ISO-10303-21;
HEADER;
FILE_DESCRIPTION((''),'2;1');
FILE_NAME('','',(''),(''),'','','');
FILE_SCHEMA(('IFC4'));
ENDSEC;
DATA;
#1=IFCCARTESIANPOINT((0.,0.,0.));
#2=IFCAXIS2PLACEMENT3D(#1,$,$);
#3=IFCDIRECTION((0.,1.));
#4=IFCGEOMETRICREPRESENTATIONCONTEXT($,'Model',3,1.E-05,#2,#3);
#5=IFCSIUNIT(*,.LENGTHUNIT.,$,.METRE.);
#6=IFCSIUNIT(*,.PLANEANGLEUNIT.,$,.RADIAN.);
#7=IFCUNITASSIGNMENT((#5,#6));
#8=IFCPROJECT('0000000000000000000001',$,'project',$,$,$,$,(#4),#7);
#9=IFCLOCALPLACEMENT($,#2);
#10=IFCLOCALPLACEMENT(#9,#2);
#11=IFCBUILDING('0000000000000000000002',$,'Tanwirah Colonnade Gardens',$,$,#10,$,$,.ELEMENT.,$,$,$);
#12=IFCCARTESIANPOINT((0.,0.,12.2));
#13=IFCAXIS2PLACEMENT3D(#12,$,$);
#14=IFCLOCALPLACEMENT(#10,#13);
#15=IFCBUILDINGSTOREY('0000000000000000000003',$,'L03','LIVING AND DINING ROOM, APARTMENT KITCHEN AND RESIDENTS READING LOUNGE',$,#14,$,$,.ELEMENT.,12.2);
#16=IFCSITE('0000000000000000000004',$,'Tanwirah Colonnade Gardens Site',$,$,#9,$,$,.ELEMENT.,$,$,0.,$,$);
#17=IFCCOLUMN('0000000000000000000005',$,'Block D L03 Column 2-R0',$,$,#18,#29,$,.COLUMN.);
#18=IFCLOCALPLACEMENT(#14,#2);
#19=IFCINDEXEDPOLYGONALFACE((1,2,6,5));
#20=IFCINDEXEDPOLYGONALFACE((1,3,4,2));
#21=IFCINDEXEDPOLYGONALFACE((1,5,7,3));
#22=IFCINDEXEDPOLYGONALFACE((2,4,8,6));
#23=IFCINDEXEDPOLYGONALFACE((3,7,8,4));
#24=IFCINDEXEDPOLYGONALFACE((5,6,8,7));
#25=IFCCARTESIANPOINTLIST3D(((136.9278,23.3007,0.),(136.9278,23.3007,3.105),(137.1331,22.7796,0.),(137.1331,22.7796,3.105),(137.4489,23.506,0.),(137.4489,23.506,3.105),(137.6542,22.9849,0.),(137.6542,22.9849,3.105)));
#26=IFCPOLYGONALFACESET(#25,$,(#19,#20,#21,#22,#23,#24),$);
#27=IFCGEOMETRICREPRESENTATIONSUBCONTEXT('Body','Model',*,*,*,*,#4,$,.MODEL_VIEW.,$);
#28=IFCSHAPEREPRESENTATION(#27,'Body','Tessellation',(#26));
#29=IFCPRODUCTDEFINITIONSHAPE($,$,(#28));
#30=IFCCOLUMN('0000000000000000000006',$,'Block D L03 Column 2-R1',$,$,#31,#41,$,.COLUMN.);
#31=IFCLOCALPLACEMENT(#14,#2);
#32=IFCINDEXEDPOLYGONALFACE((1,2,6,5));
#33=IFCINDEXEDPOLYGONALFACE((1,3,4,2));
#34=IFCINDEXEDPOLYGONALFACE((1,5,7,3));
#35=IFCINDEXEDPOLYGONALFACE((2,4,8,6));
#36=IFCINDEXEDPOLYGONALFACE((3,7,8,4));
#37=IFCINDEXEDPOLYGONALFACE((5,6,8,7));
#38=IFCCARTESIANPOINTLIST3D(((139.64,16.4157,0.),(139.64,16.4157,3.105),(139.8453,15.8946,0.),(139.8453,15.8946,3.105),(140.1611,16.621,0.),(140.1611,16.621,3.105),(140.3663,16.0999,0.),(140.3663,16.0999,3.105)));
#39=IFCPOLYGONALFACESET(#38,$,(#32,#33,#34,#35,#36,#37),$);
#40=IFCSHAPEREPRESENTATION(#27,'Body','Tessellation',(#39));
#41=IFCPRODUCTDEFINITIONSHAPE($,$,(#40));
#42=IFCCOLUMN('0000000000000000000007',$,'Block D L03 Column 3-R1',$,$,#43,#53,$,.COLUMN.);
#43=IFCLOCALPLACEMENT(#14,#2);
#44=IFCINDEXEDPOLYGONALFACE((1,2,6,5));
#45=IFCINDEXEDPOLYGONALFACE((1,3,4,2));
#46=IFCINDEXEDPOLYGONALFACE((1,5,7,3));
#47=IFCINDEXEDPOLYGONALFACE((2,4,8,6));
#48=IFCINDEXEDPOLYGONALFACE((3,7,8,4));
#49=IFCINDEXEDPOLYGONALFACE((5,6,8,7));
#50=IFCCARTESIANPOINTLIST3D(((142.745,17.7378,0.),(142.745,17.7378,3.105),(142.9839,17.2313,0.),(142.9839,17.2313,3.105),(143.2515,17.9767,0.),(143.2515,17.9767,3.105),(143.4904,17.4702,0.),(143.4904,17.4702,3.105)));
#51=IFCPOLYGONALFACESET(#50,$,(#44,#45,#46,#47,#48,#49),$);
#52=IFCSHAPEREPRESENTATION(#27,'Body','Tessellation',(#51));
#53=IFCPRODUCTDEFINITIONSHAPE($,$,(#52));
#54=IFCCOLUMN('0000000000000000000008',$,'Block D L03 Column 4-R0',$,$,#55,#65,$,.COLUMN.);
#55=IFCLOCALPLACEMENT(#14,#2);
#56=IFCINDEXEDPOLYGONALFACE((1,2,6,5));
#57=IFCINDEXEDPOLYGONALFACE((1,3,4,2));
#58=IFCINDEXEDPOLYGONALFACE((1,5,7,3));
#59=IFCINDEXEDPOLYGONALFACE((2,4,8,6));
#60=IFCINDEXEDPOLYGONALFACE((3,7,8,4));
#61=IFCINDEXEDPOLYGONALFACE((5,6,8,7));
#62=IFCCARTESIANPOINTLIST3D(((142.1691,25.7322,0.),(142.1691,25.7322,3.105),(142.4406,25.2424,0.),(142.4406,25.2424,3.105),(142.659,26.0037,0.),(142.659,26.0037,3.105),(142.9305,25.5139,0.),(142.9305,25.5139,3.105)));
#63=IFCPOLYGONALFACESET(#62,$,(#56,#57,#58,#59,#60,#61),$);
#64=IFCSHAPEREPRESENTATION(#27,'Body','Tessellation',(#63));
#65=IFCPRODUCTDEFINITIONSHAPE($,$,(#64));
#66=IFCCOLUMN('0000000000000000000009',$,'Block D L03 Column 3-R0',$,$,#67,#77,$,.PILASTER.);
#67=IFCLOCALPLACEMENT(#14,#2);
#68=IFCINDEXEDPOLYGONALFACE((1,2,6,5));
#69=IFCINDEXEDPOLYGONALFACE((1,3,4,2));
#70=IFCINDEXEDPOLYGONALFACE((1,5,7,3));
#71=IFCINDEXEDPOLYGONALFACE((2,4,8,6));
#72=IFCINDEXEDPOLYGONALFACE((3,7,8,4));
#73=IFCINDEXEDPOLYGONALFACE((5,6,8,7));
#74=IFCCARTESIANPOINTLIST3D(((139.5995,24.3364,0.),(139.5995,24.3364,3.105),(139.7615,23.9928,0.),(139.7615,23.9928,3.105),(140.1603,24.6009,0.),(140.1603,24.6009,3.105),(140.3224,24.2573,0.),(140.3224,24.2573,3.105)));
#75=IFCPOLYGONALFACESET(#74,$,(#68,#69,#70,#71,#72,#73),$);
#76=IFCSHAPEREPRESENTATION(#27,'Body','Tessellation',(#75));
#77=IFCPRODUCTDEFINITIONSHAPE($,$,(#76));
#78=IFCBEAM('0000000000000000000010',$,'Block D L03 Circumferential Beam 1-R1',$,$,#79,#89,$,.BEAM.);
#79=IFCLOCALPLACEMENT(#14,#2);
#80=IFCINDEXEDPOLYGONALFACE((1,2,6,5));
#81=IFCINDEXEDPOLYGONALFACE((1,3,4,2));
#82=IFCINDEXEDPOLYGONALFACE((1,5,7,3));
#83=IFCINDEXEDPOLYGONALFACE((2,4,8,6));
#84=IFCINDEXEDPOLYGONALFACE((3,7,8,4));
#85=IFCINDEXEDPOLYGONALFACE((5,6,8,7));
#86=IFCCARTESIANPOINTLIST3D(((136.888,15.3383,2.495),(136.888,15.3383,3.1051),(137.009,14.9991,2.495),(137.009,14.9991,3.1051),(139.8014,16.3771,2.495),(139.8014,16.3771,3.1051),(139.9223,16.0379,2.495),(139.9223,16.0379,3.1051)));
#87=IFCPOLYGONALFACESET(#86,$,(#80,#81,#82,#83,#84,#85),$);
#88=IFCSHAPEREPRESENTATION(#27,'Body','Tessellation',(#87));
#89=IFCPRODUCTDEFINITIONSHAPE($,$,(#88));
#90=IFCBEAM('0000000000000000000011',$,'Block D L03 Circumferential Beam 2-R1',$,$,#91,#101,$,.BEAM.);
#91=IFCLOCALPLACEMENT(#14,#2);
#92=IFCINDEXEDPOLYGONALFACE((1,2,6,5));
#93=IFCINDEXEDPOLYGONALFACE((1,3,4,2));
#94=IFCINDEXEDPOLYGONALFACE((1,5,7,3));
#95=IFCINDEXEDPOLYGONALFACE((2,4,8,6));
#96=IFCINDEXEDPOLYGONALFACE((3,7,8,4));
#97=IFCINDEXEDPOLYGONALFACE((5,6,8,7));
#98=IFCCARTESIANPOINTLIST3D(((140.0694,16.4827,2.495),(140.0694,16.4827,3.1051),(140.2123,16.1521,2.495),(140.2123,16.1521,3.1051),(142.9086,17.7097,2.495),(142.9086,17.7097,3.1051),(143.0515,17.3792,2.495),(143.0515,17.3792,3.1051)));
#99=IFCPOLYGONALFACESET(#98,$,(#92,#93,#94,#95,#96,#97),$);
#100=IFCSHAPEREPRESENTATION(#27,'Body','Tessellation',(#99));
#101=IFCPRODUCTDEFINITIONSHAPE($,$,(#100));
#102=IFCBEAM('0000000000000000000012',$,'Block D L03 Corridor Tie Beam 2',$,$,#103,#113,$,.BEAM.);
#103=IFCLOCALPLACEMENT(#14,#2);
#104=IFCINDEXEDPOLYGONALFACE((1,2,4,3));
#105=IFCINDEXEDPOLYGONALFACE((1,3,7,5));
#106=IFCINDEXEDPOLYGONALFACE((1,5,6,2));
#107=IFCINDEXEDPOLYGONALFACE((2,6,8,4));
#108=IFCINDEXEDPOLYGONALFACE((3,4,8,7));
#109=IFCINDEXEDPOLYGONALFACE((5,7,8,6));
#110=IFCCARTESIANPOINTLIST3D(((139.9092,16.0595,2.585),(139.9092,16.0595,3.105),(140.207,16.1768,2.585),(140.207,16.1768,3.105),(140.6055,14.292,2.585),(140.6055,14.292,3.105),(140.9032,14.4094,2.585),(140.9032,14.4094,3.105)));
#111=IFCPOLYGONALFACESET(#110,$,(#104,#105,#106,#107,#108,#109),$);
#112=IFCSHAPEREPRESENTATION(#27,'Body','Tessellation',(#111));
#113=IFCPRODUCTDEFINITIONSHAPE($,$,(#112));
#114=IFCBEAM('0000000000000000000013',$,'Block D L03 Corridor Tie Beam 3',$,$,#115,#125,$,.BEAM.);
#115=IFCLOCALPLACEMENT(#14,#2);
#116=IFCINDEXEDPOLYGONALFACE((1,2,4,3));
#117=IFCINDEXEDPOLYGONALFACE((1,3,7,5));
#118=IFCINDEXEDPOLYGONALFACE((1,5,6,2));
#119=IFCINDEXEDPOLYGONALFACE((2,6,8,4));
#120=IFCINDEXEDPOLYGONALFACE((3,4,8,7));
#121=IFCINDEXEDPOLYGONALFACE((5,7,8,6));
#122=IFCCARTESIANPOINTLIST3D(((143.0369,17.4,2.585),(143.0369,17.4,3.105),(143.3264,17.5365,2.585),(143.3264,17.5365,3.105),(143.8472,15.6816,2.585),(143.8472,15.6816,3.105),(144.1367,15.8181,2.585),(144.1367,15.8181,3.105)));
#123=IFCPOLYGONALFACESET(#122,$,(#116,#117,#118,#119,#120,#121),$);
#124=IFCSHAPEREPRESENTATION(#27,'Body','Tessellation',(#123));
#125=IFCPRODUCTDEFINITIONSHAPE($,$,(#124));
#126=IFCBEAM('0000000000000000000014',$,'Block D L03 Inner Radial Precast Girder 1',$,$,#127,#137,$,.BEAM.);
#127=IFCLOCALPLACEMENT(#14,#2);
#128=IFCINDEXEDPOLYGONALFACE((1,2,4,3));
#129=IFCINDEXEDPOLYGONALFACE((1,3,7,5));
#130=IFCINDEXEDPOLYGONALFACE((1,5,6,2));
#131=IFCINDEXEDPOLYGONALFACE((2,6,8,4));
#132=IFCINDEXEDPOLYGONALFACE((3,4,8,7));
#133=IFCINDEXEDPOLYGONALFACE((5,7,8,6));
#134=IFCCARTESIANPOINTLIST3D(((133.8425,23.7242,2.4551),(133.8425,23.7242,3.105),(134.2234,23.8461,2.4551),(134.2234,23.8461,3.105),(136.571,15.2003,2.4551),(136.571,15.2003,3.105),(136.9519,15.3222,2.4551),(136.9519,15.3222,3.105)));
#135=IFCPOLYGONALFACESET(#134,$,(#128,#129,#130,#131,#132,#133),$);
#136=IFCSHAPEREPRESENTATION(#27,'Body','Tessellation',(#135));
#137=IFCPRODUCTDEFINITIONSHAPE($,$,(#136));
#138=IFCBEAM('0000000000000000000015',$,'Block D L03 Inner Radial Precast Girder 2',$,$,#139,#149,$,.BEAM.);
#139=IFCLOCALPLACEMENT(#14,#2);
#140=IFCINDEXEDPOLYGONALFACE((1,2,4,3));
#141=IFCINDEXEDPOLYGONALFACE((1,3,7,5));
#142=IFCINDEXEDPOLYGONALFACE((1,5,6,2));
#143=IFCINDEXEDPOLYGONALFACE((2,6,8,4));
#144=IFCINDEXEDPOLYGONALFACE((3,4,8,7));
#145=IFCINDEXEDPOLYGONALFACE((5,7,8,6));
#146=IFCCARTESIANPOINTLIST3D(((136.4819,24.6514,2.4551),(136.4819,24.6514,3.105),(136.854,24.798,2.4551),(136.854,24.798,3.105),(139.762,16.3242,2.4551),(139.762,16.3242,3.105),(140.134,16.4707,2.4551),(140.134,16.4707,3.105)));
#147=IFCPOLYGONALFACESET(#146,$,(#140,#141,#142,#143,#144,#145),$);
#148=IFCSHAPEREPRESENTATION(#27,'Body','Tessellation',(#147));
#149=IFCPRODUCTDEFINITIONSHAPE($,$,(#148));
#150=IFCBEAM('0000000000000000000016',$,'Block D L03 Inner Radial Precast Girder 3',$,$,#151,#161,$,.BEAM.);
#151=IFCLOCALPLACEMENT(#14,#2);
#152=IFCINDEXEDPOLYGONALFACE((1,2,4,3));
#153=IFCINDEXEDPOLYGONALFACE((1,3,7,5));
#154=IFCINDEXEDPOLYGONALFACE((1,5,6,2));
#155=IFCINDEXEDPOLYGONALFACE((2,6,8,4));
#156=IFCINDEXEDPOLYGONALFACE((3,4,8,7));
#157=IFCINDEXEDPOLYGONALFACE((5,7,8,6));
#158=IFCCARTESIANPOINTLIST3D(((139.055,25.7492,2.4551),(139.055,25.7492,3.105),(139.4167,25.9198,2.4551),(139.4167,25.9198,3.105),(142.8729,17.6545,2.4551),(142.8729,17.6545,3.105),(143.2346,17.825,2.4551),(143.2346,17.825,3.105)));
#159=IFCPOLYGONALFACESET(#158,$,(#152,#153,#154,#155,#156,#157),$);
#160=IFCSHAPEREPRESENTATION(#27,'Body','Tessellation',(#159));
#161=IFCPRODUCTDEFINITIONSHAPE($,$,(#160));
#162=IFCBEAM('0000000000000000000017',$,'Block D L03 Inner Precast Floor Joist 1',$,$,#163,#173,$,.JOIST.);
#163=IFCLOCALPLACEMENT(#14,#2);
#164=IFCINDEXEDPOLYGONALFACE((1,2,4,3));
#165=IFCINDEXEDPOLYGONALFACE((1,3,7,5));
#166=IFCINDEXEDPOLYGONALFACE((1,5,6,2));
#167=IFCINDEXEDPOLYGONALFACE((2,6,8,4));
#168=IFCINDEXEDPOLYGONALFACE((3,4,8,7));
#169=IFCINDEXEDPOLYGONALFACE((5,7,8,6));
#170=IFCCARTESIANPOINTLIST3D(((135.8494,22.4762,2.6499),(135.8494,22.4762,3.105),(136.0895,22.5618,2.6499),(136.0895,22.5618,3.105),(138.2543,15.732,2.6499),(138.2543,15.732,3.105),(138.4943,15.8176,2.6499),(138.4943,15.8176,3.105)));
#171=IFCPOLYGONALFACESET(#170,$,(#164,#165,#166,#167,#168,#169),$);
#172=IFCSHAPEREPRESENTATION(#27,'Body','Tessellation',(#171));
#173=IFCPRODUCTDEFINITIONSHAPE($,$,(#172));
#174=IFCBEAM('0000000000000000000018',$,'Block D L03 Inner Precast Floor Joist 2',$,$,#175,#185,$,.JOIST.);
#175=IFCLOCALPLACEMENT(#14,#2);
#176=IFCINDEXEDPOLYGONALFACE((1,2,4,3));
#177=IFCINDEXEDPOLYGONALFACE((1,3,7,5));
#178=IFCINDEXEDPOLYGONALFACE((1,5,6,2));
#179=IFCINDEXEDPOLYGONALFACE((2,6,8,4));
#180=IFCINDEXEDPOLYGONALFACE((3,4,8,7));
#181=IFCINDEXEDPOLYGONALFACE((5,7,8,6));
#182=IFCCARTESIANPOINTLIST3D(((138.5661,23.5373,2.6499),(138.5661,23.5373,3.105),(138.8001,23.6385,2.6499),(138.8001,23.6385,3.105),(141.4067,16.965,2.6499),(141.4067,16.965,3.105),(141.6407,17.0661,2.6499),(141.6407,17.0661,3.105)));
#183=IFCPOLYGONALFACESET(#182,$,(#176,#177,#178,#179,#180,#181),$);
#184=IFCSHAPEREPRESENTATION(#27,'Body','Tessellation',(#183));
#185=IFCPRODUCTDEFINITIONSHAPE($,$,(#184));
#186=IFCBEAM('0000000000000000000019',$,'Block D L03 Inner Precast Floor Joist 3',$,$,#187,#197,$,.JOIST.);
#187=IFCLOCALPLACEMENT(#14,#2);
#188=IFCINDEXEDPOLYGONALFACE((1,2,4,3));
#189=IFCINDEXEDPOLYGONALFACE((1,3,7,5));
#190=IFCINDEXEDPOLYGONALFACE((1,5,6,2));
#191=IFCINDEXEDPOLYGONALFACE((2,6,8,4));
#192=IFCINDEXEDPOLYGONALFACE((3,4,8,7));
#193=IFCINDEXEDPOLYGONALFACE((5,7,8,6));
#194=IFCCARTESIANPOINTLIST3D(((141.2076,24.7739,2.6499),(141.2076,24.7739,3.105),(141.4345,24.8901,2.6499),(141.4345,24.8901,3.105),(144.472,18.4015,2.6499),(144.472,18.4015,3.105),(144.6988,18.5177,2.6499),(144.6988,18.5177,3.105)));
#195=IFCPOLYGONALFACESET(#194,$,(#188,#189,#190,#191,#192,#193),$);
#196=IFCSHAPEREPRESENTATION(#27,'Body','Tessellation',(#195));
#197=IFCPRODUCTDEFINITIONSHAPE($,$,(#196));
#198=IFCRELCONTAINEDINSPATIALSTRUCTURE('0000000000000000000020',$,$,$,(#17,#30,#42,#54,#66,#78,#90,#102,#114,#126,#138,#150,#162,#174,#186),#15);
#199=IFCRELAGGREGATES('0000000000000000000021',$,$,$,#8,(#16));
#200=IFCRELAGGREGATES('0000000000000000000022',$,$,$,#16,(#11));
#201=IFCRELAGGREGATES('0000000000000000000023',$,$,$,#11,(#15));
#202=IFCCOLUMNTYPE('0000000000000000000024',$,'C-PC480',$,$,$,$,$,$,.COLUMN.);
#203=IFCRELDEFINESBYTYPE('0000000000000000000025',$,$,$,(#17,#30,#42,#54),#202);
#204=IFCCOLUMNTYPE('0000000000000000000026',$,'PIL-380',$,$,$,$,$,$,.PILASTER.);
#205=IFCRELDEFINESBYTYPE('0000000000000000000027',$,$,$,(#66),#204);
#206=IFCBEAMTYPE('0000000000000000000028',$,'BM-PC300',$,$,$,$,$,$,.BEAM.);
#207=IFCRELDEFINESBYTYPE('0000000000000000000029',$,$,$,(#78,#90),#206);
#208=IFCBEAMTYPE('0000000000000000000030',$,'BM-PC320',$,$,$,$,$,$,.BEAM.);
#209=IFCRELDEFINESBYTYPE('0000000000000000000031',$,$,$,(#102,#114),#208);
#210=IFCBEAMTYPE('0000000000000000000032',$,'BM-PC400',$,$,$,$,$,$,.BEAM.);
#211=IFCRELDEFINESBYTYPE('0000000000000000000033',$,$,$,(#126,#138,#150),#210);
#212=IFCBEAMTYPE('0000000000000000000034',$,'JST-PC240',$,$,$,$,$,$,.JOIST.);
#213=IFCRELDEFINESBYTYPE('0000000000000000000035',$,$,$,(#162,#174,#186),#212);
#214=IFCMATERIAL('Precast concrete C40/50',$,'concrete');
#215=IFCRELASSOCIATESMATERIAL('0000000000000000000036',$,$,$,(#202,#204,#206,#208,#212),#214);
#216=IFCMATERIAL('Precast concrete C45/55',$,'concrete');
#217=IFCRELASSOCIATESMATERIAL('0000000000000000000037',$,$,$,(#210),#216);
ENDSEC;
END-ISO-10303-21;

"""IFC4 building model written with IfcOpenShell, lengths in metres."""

from ifc_helpers import new_model, si_unit, direction, frame, origin, origin_2d, place, context, subcontext, project, spatial, rectangle, extrude, material, material_profile, profile_set, type_object, element, save


model = new_model("IFC4")

# Units and contexts
model_context = context("Model", 3, precision=1e-05, world=origin(), true_north=direction((0.0, 1.0)))
body_context = subcontext(model_context, "Body", "Model", "MODEL_VIEW")
ifc_project = project(units=[si_unit("LENGTHUNIT", "METRE"), si_unit("PLANEANGLEUNIT", "RADIAN")], contexts=[model_context])

# Site, building, storey
site_placement = place(None, origin())
site = spatial("IfcSite", under=ifc_project, at=site_placement, Name="Tanwirah Colonnade Gardens Site", CompositionType="ELEMENT", RefElevation=0.0)
building_placement = place(site_placement, origin())
building = spatial("IfcBuilding", under=site, at=building_placement, Name="Tanwirah Colonnade Gardens", CompositionType="ELEMENT")
storey_placement = place(building_placement, frame((0.0, 0.0, 12.2)))
storey = spatial("IfcBuildingStorey", under=building, at=storey_placement, Name="L03", Description="LIVING AND DINING ROOM, APARTMENT KITCHEN AND RESIDENTS READING LOUNGE", CompositionType="ELEMENT", Elevation=12.2)

# Columns
ifc_material_1 = material(Name="Precast concrete C40/50", Category="concrete")
ifc_material_profile_1 = material_profile(ifc_material_1, rectangle(XDim=0.5601, YDim=0.5601, at=origin_2d()), Name="PC-COL 560x560")
ifc_profile_set_1 = profile_set([ifc_material_profile_1], Name="Precast concrete C40/50")
column_type_1 = type_object("IfcColumnType", Name="C-PC480", PredefinedType="COLUMN", material=ifc_profile_set_1)
for number, where, z_axis, x_axis, name in (
    (1, (137.291, 23.1428, 0.0), (0.0, 0.0, 1.0), (0.366501, -0.930418, 0.0), "Block D L03 Column 2-R0"),
    (2, (140.0032, 16.2578, 0.0), (0.0, 0.0, 1.0), (0.366501, -0.930418, 0.0), "Block D L03 Column 2-R1"),
    (3, (143.1177, 17.604, 0.0), (0.0, 0.0, 1.0), (0.426569, -0.904455, 0.0), "Block D L03 Column 3-R1"),
    (4, (142.5498, 25.623, 0.0), (0.0, 0.0, 1.0), (0.48481, -0.87462, 0.0), "Block D L03 Column 4-R0"),
):
    element("IfcColumn", number, at=place(storey_placement, frame(where, z_axis=z_axis, x_axis=x_axis)), inside=storey, type_object=column_type_1, Name=name, PredefinedType="COLUMN", context=body_context, shape_type="SweptSolid", body=[
        extrude(rectangle(XDim=0.5601, YDim=0.5601, at=origin_2d()), origin(), (0.0, 0.0, 1.0), 3.105),
    ])
ifc_material_profile_2 = material_profile(ifc_material_1, rectangle(XDim=0.3799, YDim=0.6201, at=origin_2d()), Name="PC-PIL 380x620")
ifc_profile_set_2 = profile_set([ifc_material_profile_2], Name="Precast concrete C40/50")
column_type_2 = type_object("IfcColumnType", Name="PIL-380", PredefinedType="PILASTER", material=ifc_profile_set_2)
column_placement = place(storey_placement, frame((139.9609, 24.2969, 0.0), z_axis=(0.0, 0.0, 1.0), x_axis=(0.426569, -0.904455, 0.0)))
element("IfcColumn", 5, at=column_placement, inside=storey, type_object=column_type_2, Name="Block D L03 Column 3-R0", PredefinedType="PILASTER", context=body_context, shape_type="SweptSolid", body=[
    extrude(rectangle(XDim=0.3799, YDim=0.6201, at=origin_2d()), origin(), (0.0, 0.0, 1.0), 3.105),
])

# Beams
ifc_material_profile_3 = material_profile(ifc_material_1, rectangle(XDim=0.3601, YDim=0.6101, at=origin_2d()), Name="PC-BM 360x610")
ifc_profile_set_3 = profile_set([ifc_material_profile_3], Name="Precast concrete C40/50")
beam_type_1 = type_object("IfcBeamType", Name="BM-PC300", PredefinedType="BEAM", material=ifc_profile_set_3)
for number, where, z_axis, x_axis, name in (
    (6, (136.9485, 15.1687, 2.8), (0.941911, 0.335861, 0.0), (-0.335861, 0.941911, 0.0), "Block D L03 Circumferential Beam 1-R1"),
    (7, (140.1409, 16.3174, 2.8), (0.917936, 0.396728, 0.0), (-0.396728, 0.917936, 0.0), "Block D L03 Circumferential Beam 2-R1"),
):
    element("IfcBeam", number, at=place(storey_placement, frame(where, z_axis=z_axis, x_axis=x_axis)), inside=storey, type_object=beam_type_1, Name=name, PredefinedType="BEAM", context=body_context, shape_type="SweptSolid", body=[
        extrude(rectangle(XDim=0.3601, YDim=0.6101, at=origin_2d()), origin(), (0.0, 0.0, 1.0), 3.093),
    ])
ifc_material_profile_4 = material_profile(ifc_material_1, rectangle(XDim=0.3201, YDim=0.52, at=origin_2d()), Name="PC-BM 320x520")
ifc_profile_set_4 = profile_set([ifc_material_profile_4], Name="Precast concrete C40/50")
beam_type_2 = type_object("IfcBeamType", Name="BM-PC320", PredefinedType="BEAM", material=ifc_profile_set_4)
beam_1_placement = place(storey_placement, frame((140.0581, 16.1182, 2.845), z_axis=(0.366511, -0.930414, 0.0), x_axis=(0.930414, 0.366511, 0.0)))
element("IfcBeam", 8, at=beam_1_placement, inside=storey, type_object=beam_type_2, Name="Block D L03 Corridor Tie Beam 2", PredefinedType="BEAM", context=body_context, shape_type="SweptSolid", body=[
    extrude(rectangle(XDim=0.3201, YDim=0.52, at=origin_2d()), origin(), (0.0, 0.0, 1.0), 1.8997),
])
beam_2_placement = place(storey_placement, frame((143.1816, 17.4683, 2.845), z_axis=(0.426484, -0.904495, 0.0), x_axis=(0.904495, 0.426484, 0.0)))
element("IfcBeam", 9, at=beam_2_placement, inside=storey, type_object=beam_type_2, Name="Block D L03 Corridor Tie Beam 3", PredefinedType="BEAM", context=body_context, shape_type="SweptSolid", body=[
    extrude(rectangle(XDim=0.3201, YDim=0.52, at=origin_2d()), origin(), (0.0, 0.0, 1.0), 1.8999),
])
ifc_material_2 = material(Name="Precast concrete C45/55", Category="concrete")
ifc_material_profile_5 = material_profile(ifc_material_2, rectangle(XDim=0.3999, YDim=0.6499, at=origin_2d()), Name="PC-BM 400x650")
ifc_profile_set_5 = profile_set([ifc_material_profile_5], Name="Precast concrete C45/55")
beam_type_3 = type_object("IfcBeamType", Name="BM-PC400", PredefinedType="BEAM", material=ifc_profile_set_5)
for number, where, z_axis, x_axis, name in (
    (10, (136.7615, 15.2612, 2.78), (-0.304863, 0.952396, 0.0), (-0.952396, -0.304863, 0.0), "Block D L03 Inner Radial Precast Girder 1"),
    (11, (139.948, 16.3975, 2.78), (-0.366489, 0.930422, 0.0), (-0.930422, -0.366489, 0.0), "Block D L03 Inner Radial Precast Girder 2"),
    (12, (143.0537, 17.7397, 2.78), (-0.426582, 0.904449, 0.0), (-0.904449, -0.426582, 0.0), "Block D L03 Inner Radial Precast Girder 3"),
):
    element("IfcBeam", number, at=place(storey_placement, frame(where, z_axis=z_axis, x_axis=x_axis)), inside=storey, type_object=beam_type_3, Name=name, PredefinedType="BEAM", context=body_context, shape_type="SweptSolid", body=[
        extrude(rectangle(XDim=0.3999, YDim=0.6499, at=origin_2d()), origin(), (0.0, 0.0, 1.0), 8.95),
    ])
ifc_material_profile_6 = material_profile(ifc_material_1, rectangle(XDim=0.2549, YDim=0.4551, at=origin_2d()), Name="PC-JST 255x455")
ifc_profile_set_6 = profile_set([ifc_material_profile_6], Name="Precast concrete C40/50")
beam_type_4 = type_object("IfcBeamType", Name="JST-PC240", PredefinedType="JOIST", material=ifc_profile_set_6)
beam_3_placement = place(storey_placement, frame((135.9695, 22.519, 2.8774), z_axis=(0.335861, -0.941912, 0.0), x_axis=(0.941912, 0.335861, 0.0)))
element("IfcBeam", 13, at=beam_3_placement, inside=storey, type_object=beam_type_4, Name="Block D L03 Inner Precast Floor Joist 1", PredefinedType="JOIST", context=body_context, shape_type="SweptSolid", body=[
    extrude(rectangle(XDim=0.2549, YDim=0.4551, at=origin_2d()), origin(), (0.0, 0.0, 1.0), 7.1602),
])
for number, where, z_axis, x_axis, name in (
    (14, (138.6831, 23.5879, 2.8774), (0.396736, -0.917933, 0.0), (0.917933, 0.396736, 0.0), "Block D L03 Inner Precast Floor Joist 2"),
    (15, (141.321, 24.832, 2.8774), (0.455921, -0.89002, 0.0), (0.89002, 0.455921, 0.0), "Block D L03 Inner Precast Floor Joist 3"),
):
    element("IfcBeam", number, at=place(storey_placement, frame(where, z_axis=z_axis, x_axis=x_axis)), inside=storey, type_object=beam_type_4, Name=name, PredefinedType="JOIST", context=body_context, shape_type="SweptSolid", body=[
        extrude(rectangle(XDim=0.2549, YDim=0.4551, at=origin_2d()), origin(), (0.0, 0.0, 1.0), 7.1599),
    ])

save(model, "model.ifc")
